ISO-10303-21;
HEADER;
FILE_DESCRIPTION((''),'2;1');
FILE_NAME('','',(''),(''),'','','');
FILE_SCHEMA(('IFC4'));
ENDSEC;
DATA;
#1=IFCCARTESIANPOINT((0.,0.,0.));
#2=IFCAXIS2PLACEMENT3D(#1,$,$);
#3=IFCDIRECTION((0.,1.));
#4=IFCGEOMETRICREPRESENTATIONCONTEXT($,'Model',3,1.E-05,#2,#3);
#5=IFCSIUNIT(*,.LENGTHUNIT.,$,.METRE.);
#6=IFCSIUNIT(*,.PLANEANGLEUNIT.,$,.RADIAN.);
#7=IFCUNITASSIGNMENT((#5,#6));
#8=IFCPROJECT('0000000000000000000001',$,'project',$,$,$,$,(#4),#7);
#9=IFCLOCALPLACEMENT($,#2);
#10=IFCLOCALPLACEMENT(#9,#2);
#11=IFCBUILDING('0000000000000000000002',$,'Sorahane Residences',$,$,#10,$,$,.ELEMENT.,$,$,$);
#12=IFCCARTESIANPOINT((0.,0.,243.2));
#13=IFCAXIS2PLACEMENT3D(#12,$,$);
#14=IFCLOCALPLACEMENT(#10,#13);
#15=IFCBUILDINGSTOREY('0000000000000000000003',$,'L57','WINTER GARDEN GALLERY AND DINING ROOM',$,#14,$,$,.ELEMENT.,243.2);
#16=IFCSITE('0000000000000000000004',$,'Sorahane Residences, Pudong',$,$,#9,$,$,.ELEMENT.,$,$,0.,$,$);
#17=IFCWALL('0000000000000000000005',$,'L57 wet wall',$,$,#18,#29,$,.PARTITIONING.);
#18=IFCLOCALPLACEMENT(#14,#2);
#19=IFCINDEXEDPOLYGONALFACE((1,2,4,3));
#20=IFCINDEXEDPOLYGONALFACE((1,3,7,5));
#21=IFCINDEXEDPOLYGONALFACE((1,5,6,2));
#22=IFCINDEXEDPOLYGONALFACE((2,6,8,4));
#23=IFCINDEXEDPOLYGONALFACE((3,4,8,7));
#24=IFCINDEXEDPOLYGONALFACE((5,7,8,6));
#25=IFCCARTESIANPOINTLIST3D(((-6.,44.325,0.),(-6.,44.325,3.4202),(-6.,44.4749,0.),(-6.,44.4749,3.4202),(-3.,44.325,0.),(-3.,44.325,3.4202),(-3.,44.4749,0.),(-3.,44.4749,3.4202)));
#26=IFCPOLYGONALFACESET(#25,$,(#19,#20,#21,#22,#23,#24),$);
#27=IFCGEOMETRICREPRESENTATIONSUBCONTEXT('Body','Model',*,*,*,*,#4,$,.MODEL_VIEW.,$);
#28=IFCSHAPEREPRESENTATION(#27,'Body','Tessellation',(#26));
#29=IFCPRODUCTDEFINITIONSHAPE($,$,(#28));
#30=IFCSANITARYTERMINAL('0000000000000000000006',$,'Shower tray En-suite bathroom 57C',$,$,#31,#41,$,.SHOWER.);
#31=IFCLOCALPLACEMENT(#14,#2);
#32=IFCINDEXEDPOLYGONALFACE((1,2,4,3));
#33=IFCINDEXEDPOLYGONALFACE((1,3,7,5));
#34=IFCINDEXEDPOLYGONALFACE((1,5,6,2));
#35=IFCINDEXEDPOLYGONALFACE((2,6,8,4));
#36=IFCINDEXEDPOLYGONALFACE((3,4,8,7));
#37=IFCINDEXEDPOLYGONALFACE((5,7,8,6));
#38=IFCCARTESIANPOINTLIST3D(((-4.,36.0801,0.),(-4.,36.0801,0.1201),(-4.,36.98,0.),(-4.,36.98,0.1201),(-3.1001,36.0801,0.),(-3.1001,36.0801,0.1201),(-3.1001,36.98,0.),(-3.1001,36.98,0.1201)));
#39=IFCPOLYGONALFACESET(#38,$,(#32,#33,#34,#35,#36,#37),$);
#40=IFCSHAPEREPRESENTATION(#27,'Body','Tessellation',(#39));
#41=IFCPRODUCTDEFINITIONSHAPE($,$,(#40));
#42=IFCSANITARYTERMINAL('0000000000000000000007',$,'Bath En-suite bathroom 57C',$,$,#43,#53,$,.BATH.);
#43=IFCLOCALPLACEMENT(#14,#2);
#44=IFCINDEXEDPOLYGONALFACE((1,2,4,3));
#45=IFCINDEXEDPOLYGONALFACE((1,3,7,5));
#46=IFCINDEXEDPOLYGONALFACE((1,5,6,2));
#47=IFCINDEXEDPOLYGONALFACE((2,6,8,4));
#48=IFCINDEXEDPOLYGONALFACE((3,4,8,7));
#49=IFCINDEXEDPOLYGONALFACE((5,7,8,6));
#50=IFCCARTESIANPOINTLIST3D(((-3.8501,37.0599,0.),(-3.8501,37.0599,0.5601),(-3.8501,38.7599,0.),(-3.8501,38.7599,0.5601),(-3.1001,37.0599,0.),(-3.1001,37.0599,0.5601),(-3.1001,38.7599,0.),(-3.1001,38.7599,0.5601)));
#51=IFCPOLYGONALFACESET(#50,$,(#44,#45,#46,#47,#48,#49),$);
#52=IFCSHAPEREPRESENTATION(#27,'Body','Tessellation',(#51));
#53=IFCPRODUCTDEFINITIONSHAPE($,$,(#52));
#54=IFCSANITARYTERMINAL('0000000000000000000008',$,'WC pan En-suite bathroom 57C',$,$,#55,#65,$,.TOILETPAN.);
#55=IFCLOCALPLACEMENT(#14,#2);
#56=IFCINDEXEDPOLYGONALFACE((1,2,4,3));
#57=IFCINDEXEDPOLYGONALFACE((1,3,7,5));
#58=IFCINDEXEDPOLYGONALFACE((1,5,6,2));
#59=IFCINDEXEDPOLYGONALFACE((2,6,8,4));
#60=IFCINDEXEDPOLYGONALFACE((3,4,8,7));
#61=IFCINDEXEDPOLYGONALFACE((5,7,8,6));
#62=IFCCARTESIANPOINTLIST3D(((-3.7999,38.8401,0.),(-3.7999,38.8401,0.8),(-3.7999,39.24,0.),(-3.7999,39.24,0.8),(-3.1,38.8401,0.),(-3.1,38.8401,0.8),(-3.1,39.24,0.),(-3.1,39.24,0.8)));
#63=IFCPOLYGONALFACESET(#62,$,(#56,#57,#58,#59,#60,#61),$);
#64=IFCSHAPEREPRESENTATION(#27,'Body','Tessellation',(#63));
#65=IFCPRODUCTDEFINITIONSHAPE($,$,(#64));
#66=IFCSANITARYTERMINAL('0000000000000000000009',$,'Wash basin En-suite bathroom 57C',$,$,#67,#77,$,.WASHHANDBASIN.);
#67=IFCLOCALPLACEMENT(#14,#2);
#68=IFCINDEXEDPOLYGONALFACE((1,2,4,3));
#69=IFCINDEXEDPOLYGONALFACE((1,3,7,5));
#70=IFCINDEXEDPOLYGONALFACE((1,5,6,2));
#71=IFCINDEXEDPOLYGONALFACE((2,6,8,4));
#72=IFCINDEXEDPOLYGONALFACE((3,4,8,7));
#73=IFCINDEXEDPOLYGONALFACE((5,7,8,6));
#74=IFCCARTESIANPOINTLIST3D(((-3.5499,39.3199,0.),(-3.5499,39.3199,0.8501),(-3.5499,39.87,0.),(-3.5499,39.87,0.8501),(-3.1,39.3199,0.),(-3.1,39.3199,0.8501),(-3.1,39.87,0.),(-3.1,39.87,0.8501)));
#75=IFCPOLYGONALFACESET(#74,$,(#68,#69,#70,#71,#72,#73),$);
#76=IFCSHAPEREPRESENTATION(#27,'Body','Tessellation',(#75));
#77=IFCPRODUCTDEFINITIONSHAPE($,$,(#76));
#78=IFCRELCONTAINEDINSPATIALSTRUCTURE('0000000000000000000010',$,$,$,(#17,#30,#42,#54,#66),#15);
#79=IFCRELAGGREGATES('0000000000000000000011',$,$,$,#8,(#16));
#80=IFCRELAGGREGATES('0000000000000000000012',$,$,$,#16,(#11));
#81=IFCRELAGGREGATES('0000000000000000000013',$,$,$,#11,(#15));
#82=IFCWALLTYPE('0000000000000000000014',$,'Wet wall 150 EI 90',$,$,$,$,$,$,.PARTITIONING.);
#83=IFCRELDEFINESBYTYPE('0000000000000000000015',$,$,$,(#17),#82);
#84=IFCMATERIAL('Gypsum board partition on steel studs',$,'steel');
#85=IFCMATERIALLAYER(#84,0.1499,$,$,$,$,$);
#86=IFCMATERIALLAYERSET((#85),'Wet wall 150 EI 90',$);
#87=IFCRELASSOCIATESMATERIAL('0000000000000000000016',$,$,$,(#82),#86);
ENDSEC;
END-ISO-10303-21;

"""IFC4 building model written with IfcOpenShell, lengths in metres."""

from ifc_helpers import new_model, si_unit, direction, frame, frame_2d, origin, origin_2d, place, context, subcontext, project, spatial, rectangle, extrude, material, layer, layer_set, type_object, element, save


model = new_model("IFC4")

# Units and contexts
model_context = context("Model", 3, precision=1e-05, world=origin(), true_north=direction((0.0, 1.0)))
body_context = subcontext(model_context, "Body", "Model", "MODEL_VIEW")
ifc_project = project(units=[si_unit("LENGTHUNIT", "METRE"), si_unit("PLANEANGLEUNIT", "RADIAN")], contexts=[model_context])

# Site, building, storey
site_placement = place(None, origin())
site = spatial("IfcSite", under=ifc_project, at=site_placement, Name="Sorahane Residences, Pudong", CompositionType="ELEMENT", RefElevation=0.0)
building_placement = place(site_placement, origin())
building = spatial("IfcBuilding", under=site, at=building_placement, Name="Sorahane Residences", CompositionType="ELEMENT")
storey_placement = place(building_placement, frame((0.0, 0.0, 243.2)))
storey = spatial("IfcBuildingStorey", under=building, at=storey_placement, Name="L57", Description="WINTER GARDEN GALLERY AND DINING ROOM", CompositionType="ELEMENT", Elevation=243.2)

# Wall
ifc_material_1 = material(Name="Gypsum board partition on steel studs", Category="steel")
ifc_layer_1 = layer(ifc_material_1, 0.1499)
ifc_layer_set_1 = layer_set([ifc_layer_1], Name="Wet wall 150 EI 90")
wall_type_1 = type_object("IfcWallType", Name="Wet wall 150 EI 90", PredefinedType="PARTITIONING", material=ifc_layer_set_1)
wall_1_placement = place(storey_placement, frame((-6.0, 44.3999, 0.0), z_axis=(0.0, 0.0, 1.0), x_axis=(1.0, 0.0, 0.0)))
element("IfcWall", 1, at=wall_1_placement, inside=storey, type_object=wall_type_1, Name="L57 wet wall", PredefinedType="PARTITIONING", context=body_context, shape_type="SweptSolid", body=[
    extrude(rectangle(XDim=3.0, YDim=0.1499, at=frame_2d((1.5, 0.0))), origin(), (0.0, 0.0, 1.0), 3.4202),
])

# Sanitary terminals
sanitary_terminal_1_placement = place(storey_placement, frame((-3.55, 36.53, 0.0), z_axis=(0.0, 0.0, 1.0), x_axis=(0.0, -1.0, 0.0)))
element("IfcSanitaryTerminal", 2, at=sanitary_terminal_1_placement, inside=storey, Name="Shower tray En-suite bathroom 57C", PredefinedType="SHOWER", context=body_context, shape_type="SweptSolid", body=[
    extrude(rectangle(XDim=0.8999, YDim=0.8999, at=origin_2d()), origin(), (0.0, 0.0, 1.0), 0.1201),
])
sanitary_terminal_2_placement = place(storey_placement, frame((-3.4751, 37.9099, 0.0), z_axis=(0.0, 0.0, 1.0), x_axis=(0.0, -1.0, 0.0)))
element("IfcSanitaryTerminal", 3, at=sanitary_terminal_2_placement, inside=storey, Name="Bath En-suite bathroom 57C", PredefinedType="BATH", context=body_context, shape_type="SweptSolid", body=[
    extrude(rectangle(XDim=1.7, YDim=0.75, at=origin_2d()), origin(), (0.0, 0.0, 1.0), 0.5601),
])
sanitary_terminal_3_placement = place(storey_placement, frame((-3.45, 39.04, 0.0), z_axis=(0.0, 0.0, 1.0), x_axis=(0.0, -1.0, 0.0)))
element("IfcSanitaryTerminal", 4, at=sanitary_terminal_3_placement, inside=storey, Name="WC pan En-suite bathroom 57C", PredefinedType="TOILETPAN", context=body_context, shape_type="SweptSolid", body=[
    extrude(rectangle(XDim=0.3999, YDim=0.7, at=origin_2d()), origin(), (0.0, 0.0, 1.0), 0.8),
])
sanitary_terminal_4_placement = place(storey_placement, frame((-3.325, 39.595, 0.0), z_axis=(0.0, 0.0, 1.0), x_axis=(0.0, -1.0, 0.0)))
element("IfcSanitaryTerminal", 5, at=sanitary_terminal_4_placement, inside=storey, Name="Wash basin En-suite bathroom 57C", PredefinedType="WASHHANDBASIN", context=body_context, shape_type="SweptSolid", body=[
    extrude(rectangle(XDim=0.55, YDim=0.45, at=origin_2d()), origin(), (0.0, 0.0, 1.0), 0.8501),
])

save(model, "model.ifc")
